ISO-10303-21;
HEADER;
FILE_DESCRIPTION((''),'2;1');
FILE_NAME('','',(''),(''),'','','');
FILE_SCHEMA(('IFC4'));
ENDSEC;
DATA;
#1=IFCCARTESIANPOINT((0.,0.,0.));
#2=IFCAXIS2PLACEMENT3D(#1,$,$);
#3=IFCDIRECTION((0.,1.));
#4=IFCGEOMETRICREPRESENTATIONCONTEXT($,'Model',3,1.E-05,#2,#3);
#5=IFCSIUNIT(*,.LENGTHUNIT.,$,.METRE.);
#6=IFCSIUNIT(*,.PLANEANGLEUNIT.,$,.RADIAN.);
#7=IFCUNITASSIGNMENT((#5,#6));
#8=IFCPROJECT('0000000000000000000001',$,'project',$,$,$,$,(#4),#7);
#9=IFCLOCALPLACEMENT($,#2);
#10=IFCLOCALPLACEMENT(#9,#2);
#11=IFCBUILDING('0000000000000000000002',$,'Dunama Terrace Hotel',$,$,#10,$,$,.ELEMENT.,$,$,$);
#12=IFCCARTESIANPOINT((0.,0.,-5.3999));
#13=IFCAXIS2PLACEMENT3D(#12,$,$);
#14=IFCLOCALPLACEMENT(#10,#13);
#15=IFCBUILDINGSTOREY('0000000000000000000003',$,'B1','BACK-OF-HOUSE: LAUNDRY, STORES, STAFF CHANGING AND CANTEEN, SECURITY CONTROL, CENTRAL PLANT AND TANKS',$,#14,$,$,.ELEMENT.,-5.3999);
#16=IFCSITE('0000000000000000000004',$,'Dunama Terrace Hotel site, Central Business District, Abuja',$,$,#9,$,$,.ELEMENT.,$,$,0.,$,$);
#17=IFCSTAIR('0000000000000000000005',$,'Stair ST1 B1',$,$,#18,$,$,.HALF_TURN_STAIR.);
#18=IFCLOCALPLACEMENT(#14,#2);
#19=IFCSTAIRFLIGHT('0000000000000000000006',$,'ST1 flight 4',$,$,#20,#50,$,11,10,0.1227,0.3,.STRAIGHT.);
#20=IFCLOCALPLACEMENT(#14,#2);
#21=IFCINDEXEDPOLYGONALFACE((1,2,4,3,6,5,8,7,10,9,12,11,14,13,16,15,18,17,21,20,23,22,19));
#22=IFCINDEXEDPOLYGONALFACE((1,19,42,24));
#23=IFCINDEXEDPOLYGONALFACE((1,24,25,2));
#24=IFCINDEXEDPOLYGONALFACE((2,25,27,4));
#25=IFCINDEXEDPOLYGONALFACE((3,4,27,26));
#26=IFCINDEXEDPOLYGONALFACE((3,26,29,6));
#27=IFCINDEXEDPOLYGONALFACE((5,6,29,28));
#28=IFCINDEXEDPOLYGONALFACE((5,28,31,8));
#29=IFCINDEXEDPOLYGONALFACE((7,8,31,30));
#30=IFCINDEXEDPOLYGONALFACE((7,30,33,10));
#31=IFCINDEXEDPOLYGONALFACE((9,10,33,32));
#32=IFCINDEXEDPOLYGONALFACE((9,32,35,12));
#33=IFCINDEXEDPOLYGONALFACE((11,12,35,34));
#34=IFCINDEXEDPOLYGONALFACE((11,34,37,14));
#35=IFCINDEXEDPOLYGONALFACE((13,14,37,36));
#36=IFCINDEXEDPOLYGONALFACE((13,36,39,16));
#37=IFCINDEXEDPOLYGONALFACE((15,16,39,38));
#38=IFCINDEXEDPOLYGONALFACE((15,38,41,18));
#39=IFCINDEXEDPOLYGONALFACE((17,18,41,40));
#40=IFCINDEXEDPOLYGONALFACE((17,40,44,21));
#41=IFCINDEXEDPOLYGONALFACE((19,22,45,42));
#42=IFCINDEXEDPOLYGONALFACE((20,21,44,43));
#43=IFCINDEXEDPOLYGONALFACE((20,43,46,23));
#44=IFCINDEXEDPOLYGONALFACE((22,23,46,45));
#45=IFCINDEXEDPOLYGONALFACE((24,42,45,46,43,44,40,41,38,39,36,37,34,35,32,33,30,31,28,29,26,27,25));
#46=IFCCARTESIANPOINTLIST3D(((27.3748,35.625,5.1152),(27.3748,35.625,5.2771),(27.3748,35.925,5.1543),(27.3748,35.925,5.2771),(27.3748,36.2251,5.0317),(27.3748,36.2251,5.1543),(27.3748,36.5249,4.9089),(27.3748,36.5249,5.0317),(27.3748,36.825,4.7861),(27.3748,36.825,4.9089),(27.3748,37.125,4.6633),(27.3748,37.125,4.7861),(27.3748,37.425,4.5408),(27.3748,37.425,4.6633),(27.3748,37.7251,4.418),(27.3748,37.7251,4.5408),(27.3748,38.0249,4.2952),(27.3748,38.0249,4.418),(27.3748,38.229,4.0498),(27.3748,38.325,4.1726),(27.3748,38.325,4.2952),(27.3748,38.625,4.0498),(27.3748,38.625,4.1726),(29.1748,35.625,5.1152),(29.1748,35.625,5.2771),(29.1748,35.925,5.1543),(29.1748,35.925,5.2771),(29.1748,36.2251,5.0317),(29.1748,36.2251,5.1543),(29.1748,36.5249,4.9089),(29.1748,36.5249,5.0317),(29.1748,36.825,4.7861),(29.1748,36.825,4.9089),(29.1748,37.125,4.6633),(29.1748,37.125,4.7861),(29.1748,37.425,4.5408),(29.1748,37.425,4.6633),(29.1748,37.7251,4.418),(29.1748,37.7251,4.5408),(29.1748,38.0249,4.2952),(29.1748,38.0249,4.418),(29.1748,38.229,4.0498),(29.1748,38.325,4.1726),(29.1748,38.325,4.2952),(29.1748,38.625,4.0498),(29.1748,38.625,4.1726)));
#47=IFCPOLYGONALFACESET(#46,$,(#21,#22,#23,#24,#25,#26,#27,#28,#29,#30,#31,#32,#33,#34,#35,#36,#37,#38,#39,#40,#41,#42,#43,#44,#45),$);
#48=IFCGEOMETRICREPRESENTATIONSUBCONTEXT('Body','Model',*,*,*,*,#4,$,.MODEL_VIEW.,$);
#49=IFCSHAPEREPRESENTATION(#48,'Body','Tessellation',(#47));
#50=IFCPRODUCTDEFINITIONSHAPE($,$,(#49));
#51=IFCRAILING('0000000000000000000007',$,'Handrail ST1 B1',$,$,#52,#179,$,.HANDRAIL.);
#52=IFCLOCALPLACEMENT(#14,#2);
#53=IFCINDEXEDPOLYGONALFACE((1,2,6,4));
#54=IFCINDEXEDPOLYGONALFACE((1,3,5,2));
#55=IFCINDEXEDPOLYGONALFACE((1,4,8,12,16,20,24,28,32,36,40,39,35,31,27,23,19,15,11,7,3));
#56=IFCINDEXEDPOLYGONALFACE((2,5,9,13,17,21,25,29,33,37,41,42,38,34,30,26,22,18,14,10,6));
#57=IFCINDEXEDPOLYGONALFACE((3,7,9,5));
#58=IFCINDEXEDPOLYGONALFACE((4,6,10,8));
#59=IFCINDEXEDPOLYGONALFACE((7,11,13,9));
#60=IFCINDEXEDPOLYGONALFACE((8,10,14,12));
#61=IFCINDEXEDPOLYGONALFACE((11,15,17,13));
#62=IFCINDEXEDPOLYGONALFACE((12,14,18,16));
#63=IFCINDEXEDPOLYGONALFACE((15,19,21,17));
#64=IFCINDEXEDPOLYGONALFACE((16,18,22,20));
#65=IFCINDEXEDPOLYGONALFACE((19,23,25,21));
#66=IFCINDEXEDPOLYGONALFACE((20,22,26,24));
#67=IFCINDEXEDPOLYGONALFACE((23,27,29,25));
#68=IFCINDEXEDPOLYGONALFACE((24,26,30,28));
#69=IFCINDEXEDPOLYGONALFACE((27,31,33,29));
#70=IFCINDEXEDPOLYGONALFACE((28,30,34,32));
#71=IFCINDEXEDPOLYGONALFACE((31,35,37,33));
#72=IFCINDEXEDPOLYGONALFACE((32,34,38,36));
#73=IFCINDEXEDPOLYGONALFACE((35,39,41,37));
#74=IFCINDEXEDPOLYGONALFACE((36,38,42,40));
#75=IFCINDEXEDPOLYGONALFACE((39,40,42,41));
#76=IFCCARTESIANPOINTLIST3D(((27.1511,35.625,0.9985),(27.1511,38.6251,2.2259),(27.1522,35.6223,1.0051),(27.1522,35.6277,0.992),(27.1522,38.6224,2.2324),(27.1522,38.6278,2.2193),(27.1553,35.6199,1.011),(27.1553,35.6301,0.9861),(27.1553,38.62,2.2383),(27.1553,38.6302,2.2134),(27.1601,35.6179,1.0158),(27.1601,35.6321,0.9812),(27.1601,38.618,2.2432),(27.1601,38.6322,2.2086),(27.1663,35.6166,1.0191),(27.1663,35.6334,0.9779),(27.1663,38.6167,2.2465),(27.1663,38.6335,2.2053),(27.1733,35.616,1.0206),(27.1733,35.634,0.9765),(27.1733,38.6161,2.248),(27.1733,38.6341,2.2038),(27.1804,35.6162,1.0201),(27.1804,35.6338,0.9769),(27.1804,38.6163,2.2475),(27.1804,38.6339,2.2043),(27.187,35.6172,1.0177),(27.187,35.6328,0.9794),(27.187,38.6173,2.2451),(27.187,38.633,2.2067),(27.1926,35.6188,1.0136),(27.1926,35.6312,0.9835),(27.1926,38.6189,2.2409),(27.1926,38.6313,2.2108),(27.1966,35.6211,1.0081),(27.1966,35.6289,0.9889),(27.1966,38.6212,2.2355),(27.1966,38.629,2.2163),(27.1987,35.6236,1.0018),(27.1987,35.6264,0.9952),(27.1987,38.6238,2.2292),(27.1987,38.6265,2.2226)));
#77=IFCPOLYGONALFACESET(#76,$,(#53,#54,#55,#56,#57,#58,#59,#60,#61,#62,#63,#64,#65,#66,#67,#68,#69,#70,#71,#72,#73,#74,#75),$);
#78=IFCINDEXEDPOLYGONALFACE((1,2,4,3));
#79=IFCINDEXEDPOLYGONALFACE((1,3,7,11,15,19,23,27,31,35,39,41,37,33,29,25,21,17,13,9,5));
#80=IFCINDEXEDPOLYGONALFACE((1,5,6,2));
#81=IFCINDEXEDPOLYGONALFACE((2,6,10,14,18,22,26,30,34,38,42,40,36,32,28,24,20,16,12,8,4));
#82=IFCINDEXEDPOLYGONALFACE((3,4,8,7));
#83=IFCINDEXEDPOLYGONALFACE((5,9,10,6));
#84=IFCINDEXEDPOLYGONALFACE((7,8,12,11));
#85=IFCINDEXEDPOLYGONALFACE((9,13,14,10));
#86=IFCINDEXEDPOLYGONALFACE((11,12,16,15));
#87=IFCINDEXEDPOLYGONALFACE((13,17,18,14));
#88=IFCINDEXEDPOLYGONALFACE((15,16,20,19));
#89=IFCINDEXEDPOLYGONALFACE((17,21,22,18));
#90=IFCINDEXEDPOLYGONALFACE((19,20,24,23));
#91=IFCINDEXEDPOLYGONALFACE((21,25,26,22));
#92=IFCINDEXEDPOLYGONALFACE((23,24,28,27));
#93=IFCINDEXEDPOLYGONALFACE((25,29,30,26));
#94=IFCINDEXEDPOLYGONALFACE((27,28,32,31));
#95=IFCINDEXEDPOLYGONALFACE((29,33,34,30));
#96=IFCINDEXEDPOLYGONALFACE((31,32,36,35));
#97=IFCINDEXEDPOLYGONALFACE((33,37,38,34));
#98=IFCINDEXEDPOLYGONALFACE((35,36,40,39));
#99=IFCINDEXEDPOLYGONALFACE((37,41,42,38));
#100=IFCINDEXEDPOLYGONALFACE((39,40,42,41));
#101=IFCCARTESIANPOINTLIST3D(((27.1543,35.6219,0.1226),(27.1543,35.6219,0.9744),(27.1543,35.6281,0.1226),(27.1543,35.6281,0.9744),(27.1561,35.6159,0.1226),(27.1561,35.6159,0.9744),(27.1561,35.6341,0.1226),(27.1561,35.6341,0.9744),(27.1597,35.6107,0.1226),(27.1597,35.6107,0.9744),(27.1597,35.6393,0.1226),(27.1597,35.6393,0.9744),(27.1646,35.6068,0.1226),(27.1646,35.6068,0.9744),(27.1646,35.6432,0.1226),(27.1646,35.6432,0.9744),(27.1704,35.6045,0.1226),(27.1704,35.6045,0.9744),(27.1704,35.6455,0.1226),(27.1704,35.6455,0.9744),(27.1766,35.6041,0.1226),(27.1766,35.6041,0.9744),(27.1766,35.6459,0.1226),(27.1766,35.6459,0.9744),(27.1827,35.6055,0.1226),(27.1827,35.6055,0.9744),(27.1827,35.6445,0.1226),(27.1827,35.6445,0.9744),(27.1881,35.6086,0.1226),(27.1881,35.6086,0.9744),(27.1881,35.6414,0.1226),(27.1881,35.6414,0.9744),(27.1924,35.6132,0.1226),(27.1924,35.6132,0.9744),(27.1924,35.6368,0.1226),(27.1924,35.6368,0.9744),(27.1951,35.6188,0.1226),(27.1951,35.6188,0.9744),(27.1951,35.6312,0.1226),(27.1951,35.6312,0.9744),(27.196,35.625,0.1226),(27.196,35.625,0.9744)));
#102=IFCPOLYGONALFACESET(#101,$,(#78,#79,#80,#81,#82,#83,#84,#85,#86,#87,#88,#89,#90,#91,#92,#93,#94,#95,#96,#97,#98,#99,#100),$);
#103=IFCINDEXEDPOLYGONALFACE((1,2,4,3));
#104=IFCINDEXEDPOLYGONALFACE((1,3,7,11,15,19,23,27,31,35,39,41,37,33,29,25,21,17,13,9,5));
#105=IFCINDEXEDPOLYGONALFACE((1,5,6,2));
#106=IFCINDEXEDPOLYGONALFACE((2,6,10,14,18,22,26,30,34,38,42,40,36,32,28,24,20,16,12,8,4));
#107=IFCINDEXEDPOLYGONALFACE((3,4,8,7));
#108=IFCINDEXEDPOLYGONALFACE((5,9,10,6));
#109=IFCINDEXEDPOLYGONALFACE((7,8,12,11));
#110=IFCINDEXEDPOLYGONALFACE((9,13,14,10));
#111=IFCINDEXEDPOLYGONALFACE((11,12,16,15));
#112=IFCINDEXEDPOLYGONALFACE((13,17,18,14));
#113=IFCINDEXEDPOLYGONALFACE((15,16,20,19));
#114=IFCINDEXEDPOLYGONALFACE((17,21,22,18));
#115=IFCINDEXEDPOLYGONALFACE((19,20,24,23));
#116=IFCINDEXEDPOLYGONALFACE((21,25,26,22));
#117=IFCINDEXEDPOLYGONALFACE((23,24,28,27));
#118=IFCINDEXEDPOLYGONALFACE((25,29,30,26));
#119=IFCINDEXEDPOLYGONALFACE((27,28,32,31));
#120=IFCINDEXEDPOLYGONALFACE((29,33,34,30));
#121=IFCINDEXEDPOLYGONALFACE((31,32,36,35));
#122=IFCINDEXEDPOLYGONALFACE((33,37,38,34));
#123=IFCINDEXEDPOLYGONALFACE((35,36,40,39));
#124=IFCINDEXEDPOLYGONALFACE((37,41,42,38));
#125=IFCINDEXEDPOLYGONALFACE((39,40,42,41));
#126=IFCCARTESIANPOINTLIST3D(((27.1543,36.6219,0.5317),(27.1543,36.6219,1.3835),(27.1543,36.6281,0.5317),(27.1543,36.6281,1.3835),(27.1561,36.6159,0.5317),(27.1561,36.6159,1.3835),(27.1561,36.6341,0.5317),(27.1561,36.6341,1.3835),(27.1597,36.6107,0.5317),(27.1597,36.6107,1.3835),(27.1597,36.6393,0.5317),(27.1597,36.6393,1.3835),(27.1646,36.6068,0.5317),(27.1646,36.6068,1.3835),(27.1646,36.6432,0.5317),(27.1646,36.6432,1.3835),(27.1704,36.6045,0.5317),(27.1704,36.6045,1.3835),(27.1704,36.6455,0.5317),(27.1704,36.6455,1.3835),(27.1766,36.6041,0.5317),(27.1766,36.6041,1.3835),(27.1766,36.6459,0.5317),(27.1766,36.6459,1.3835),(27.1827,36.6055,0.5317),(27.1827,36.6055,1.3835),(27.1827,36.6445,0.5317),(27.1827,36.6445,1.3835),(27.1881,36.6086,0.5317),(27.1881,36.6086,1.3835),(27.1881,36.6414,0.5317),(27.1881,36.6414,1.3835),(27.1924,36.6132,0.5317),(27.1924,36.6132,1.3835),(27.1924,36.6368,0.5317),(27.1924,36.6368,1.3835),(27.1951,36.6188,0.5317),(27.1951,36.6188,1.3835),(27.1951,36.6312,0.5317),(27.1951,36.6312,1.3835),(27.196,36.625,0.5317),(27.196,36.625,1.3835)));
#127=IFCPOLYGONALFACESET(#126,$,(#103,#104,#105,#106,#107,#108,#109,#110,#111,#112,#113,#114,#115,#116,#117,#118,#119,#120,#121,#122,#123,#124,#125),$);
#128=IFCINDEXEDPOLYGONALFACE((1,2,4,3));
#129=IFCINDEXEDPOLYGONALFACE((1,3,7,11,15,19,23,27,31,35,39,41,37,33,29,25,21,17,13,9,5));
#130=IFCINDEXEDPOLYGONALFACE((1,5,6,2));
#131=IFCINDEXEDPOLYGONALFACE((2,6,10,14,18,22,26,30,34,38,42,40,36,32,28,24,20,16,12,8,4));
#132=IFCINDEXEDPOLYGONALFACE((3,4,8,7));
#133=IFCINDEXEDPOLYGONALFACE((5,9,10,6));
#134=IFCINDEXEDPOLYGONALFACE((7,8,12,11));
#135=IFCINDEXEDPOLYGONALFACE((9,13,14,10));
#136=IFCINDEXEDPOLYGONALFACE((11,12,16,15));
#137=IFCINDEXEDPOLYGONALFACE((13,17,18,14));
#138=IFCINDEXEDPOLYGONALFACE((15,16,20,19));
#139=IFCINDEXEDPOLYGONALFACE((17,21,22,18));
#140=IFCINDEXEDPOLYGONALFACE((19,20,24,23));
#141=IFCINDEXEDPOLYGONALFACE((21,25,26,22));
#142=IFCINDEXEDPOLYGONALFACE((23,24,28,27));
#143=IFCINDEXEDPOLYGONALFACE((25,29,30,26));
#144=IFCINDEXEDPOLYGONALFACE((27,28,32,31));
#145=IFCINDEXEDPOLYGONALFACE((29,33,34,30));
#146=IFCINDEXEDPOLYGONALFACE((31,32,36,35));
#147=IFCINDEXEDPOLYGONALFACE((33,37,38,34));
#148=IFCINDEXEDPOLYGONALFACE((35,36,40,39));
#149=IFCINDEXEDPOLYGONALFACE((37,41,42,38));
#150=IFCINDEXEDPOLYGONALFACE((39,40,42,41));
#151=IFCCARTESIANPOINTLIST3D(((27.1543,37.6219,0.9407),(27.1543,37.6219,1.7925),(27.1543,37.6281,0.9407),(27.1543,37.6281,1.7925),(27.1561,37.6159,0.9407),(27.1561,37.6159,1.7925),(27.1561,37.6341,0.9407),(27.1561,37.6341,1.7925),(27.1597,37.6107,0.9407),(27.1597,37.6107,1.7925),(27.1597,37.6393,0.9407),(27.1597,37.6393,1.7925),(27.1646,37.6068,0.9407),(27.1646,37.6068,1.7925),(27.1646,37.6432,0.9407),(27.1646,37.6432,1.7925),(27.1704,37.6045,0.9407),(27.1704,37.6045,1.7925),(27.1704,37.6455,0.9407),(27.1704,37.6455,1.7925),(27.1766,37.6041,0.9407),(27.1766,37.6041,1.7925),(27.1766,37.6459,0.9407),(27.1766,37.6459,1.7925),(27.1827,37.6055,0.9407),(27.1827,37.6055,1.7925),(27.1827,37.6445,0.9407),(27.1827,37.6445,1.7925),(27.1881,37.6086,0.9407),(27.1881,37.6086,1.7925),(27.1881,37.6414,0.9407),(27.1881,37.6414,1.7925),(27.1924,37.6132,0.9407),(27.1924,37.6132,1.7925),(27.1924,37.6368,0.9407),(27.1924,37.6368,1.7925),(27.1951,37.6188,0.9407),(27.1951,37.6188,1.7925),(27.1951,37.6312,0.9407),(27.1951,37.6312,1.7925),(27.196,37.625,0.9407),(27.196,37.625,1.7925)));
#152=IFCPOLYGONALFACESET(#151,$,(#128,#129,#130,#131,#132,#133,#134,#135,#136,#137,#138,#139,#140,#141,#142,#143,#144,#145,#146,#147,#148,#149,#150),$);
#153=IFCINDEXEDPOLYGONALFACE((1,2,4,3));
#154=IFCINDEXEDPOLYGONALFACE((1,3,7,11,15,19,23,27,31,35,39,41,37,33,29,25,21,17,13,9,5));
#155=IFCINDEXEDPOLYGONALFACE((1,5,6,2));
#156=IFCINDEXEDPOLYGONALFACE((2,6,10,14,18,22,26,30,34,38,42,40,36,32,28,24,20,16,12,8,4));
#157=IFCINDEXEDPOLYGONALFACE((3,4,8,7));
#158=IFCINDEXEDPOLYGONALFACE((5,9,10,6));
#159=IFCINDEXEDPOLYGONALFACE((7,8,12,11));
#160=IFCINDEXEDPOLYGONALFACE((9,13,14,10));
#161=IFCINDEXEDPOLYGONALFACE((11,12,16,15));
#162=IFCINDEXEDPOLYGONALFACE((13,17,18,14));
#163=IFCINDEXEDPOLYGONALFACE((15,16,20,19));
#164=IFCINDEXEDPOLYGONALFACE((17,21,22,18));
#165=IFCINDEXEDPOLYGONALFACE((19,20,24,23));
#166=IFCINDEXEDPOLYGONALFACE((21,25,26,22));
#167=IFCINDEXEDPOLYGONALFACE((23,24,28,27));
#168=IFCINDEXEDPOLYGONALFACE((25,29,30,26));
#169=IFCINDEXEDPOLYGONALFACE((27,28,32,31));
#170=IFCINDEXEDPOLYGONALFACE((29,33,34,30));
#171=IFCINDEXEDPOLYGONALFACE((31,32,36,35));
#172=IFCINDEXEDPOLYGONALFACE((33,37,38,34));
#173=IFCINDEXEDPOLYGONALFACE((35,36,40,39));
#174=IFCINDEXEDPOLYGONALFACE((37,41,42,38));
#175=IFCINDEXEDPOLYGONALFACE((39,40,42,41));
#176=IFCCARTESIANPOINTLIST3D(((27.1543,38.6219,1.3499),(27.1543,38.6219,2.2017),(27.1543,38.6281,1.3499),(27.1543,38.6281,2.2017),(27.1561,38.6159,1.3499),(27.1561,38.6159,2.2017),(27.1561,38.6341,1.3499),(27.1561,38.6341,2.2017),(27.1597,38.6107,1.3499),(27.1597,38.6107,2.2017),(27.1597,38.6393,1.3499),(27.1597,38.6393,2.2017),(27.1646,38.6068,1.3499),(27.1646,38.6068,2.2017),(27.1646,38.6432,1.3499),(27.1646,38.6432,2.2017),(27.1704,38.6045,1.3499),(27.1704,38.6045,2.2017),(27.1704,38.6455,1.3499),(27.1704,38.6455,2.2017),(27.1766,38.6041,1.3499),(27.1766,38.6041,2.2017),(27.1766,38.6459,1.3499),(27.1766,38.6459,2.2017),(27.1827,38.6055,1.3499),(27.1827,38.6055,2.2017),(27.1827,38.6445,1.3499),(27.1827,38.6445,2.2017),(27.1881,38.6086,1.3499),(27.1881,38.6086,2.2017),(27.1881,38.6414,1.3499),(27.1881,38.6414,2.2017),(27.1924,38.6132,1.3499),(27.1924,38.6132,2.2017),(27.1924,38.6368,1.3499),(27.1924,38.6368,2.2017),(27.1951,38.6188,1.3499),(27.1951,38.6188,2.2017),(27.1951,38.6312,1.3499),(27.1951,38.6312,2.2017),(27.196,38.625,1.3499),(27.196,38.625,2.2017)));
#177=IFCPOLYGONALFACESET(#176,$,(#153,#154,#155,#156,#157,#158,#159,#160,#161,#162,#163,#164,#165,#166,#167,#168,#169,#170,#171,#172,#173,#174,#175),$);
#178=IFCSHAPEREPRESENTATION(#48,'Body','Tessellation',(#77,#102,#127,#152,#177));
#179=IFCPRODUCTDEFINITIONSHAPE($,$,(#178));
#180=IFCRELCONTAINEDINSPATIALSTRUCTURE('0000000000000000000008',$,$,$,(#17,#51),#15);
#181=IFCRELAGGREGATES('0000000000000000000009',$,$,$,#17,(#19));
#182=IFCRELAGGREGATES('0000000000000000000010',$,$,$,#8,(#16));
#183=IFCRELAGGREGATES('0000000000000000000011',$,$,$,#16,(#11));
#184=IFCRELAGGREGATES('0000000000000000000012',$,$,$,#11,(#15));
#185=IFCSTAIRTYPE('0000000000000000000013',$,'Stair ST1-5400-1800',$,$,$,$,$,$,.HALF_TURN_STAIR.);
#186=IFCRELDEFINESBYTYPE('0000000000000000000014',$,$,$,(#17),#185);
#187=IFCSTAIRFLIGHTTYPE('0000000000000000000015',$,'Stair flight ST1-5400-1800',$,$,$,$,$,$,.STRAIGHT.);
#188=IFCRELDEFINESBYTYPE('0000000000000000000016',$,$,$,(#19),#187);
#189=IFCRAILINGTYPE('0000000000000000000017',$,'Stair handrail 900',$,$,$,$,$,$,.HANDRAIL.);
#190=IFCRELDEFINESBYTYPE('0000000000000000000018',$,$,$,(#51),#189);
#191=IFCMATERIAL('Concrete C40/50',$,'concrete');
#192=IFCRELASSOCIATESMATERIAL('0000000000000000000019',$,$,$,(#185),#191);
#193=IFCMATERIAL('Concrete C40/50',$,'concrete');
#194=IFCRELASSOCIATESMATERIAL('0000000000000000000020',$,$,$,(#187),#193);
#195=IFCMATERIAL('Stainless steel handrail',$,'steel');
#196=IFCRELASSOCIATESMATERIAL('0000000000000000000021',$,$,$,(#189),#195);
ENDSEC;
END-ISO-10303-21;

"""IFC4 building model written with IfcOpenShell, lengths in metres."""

from ifc_helpers import new_model, si_unit, direction, frame, origin, origin_2d, place, context, subcontext, project, spatial, polyline, circle, outline, extrude, material, type_object, element, aggregate, save


model = new_model("IFC4")

# Units and contexts
model_context = context("Model", 3, precision=1e-05, world=origin(), true_north=direction((0.0, 1.0)))
body_context = subcontext(model_context, "Body", "Model", "MODEL_VIEW")
ifc_project = project(units=[si_unit("LENGTHUNIT", "METRE"), si_unit("PLANEANGLEUNIT", "RADIAN")], contexts=[model_context])

# Site, building, storey
site_placement = place(None, origin())
site = spatial("IfcSite", under=ifc_project, at=site_placement, Name="Dunama Terrace Hotel site, Central Business District, Abuja", CompositionType="ELEMENT", RefElevation=0.0)
building_placement = place(site_placement, origin())
building = spatial("IfcBuilding", under=site, at=building_placement, Name="Dunama Terrace Hotel", CompositionType="ELEMENT")
storey_placement = place(building_placement, frame((0.0, 0.0, -5.3999)))
storey = spatial("IfcBuildingStorey", under=building, at=storey_placement, Name="B1", Description="BACK-OF-HOUSE: LAUNDRY, STORES, STAFF CHANGING AND CANTEEN, SECURITY CONTROL, CENTRAL PLANT AND TANKS", CompositionType="ELEMENT", Elevation=-5.3999)

# Stair, stair flight
ifc_material_1 = material(Name="Concrete C40/50", Category="concrete")
stair_type = type_object("IfcStairType", Name="Stair ST1-5400-1800", PredefinedType="HALF_TURN_STAIR", material=ifc_material_1)
stair_placement = place(storey_placement, origin())
stair = element("IfcStair", 1, at=stair_placement, inside=storey, type_object=stair_type, Name="Stair ST1 B1", PredefinedType="HALF_TURN_STAIR")
ifc_material_2 = material(Name="Concrete C40/50", Category="concrete")
stair_flight_type = type_object("IfcStairFlightType", Name="Stair flight ST1-5400-1800", PredefinedType="STRAIGHT", material=ifc_material_2)
stair_flight_1_placement = place(storey_placement, frame((28.2749, 38.625, 4.0498), z_axis=(0.0, 0.0, 1.0), x_axis=(0.0, -1.0, 0.0)))
stair_flight_1 = element("IfcStairFlight", 2, at=stair_flight_1_placement, type_object=stair_flight_type, Name="ST1 flight 4", NumberOfRisers=11, NumberOfTreads=10, PredefinedType="STRAIGHT", RiserHeight=0.1227, TreadLength=0.3, context=body_context, shape_type="SweptSolid", body=[
    extrude(outline(polyline([(0.0, 0.0), (0.0, 0.1228), (0.3, 0.1228), (0.3, 0.2454), (0.6001, 0.2454), (0.6001, 0.3682), (0.8999, 0.3682), (0.8999, 0.491), (1.2, 0.491), (1.2, 0.6135), (1.5, 0.6135), (1.5, 0.7363), (1.8, 0.7363), (1.8, 0.8591), (2.1001, 0.8591), (2.1001, 0.9819), (2.3999, 0.9819), (2.3999, 1.1045), (2.7, 1.1045), (2.7, 1.2273), (3.0, 1.2273), (3.0, 1.3501), (3.0, 1.0654), (0.396, 0.0), (0.0, 0.0)])), frame((0.0, 0.8999, 0.0), z_axis=(0.0, -1.0, 0.0), x_axis=(1.0, 0.0, 0.0)), (0.0, 0.0, 1.0), 1.8),
])
aggregate(stair, [stair_flight_1])

# Railing
ifc_material_3 = material(Name="Stainless steel handrail", Category="steel")
railing_type = type_object("IfcRailingType", Name="Stair handrail 900", PredefinedType="HANDRAIL", material=ifc_material_3)
railing_1_placement = place(storey_placement, frame((27.175, 35.625, 0.1226)))
element("IfcRailing", 3, at=railing_1_placement, inside=storey, type_object=railing_type, Name="Handrail ST1 B1", PredefinedType="HANDRAIL", context=body_context, shape_type="SweptSolid", body=[
    extrude(circle(Radius=0.0239, at=origin_2d()), frame((0.0, 0.0, 0.876), z_axis=(0.0, 0.925545, 0.378639), x_axis=(-1.0, 0.0, 0.0)), (0.0, 0.0, 1.0), 3.2415),
    extrude(circle(Radius=0.021, at=origin_2d()), origin(), (0.0, 0.0, 1.0), 0.8518),
    extrude(circle(Radius=0.021, at=origin_2d()), frame((0.0, 1.0, 0.4092)), (0.0, 0.0, 1.0), 0.8518),
    extrude(circle(Radius=0.021, at=origin_2d()), frame((0.0, 2.0, 0.8181)), (0.0, 0.0, 1.0), 0.8518),
    extrude(circle(Radius=0.021, at=origin_2d()), frame((0.0, 3.0, 1.2273)), (0.0, 0.0, 1.0), 0.8518),
])

save(model, "model.ifc")
